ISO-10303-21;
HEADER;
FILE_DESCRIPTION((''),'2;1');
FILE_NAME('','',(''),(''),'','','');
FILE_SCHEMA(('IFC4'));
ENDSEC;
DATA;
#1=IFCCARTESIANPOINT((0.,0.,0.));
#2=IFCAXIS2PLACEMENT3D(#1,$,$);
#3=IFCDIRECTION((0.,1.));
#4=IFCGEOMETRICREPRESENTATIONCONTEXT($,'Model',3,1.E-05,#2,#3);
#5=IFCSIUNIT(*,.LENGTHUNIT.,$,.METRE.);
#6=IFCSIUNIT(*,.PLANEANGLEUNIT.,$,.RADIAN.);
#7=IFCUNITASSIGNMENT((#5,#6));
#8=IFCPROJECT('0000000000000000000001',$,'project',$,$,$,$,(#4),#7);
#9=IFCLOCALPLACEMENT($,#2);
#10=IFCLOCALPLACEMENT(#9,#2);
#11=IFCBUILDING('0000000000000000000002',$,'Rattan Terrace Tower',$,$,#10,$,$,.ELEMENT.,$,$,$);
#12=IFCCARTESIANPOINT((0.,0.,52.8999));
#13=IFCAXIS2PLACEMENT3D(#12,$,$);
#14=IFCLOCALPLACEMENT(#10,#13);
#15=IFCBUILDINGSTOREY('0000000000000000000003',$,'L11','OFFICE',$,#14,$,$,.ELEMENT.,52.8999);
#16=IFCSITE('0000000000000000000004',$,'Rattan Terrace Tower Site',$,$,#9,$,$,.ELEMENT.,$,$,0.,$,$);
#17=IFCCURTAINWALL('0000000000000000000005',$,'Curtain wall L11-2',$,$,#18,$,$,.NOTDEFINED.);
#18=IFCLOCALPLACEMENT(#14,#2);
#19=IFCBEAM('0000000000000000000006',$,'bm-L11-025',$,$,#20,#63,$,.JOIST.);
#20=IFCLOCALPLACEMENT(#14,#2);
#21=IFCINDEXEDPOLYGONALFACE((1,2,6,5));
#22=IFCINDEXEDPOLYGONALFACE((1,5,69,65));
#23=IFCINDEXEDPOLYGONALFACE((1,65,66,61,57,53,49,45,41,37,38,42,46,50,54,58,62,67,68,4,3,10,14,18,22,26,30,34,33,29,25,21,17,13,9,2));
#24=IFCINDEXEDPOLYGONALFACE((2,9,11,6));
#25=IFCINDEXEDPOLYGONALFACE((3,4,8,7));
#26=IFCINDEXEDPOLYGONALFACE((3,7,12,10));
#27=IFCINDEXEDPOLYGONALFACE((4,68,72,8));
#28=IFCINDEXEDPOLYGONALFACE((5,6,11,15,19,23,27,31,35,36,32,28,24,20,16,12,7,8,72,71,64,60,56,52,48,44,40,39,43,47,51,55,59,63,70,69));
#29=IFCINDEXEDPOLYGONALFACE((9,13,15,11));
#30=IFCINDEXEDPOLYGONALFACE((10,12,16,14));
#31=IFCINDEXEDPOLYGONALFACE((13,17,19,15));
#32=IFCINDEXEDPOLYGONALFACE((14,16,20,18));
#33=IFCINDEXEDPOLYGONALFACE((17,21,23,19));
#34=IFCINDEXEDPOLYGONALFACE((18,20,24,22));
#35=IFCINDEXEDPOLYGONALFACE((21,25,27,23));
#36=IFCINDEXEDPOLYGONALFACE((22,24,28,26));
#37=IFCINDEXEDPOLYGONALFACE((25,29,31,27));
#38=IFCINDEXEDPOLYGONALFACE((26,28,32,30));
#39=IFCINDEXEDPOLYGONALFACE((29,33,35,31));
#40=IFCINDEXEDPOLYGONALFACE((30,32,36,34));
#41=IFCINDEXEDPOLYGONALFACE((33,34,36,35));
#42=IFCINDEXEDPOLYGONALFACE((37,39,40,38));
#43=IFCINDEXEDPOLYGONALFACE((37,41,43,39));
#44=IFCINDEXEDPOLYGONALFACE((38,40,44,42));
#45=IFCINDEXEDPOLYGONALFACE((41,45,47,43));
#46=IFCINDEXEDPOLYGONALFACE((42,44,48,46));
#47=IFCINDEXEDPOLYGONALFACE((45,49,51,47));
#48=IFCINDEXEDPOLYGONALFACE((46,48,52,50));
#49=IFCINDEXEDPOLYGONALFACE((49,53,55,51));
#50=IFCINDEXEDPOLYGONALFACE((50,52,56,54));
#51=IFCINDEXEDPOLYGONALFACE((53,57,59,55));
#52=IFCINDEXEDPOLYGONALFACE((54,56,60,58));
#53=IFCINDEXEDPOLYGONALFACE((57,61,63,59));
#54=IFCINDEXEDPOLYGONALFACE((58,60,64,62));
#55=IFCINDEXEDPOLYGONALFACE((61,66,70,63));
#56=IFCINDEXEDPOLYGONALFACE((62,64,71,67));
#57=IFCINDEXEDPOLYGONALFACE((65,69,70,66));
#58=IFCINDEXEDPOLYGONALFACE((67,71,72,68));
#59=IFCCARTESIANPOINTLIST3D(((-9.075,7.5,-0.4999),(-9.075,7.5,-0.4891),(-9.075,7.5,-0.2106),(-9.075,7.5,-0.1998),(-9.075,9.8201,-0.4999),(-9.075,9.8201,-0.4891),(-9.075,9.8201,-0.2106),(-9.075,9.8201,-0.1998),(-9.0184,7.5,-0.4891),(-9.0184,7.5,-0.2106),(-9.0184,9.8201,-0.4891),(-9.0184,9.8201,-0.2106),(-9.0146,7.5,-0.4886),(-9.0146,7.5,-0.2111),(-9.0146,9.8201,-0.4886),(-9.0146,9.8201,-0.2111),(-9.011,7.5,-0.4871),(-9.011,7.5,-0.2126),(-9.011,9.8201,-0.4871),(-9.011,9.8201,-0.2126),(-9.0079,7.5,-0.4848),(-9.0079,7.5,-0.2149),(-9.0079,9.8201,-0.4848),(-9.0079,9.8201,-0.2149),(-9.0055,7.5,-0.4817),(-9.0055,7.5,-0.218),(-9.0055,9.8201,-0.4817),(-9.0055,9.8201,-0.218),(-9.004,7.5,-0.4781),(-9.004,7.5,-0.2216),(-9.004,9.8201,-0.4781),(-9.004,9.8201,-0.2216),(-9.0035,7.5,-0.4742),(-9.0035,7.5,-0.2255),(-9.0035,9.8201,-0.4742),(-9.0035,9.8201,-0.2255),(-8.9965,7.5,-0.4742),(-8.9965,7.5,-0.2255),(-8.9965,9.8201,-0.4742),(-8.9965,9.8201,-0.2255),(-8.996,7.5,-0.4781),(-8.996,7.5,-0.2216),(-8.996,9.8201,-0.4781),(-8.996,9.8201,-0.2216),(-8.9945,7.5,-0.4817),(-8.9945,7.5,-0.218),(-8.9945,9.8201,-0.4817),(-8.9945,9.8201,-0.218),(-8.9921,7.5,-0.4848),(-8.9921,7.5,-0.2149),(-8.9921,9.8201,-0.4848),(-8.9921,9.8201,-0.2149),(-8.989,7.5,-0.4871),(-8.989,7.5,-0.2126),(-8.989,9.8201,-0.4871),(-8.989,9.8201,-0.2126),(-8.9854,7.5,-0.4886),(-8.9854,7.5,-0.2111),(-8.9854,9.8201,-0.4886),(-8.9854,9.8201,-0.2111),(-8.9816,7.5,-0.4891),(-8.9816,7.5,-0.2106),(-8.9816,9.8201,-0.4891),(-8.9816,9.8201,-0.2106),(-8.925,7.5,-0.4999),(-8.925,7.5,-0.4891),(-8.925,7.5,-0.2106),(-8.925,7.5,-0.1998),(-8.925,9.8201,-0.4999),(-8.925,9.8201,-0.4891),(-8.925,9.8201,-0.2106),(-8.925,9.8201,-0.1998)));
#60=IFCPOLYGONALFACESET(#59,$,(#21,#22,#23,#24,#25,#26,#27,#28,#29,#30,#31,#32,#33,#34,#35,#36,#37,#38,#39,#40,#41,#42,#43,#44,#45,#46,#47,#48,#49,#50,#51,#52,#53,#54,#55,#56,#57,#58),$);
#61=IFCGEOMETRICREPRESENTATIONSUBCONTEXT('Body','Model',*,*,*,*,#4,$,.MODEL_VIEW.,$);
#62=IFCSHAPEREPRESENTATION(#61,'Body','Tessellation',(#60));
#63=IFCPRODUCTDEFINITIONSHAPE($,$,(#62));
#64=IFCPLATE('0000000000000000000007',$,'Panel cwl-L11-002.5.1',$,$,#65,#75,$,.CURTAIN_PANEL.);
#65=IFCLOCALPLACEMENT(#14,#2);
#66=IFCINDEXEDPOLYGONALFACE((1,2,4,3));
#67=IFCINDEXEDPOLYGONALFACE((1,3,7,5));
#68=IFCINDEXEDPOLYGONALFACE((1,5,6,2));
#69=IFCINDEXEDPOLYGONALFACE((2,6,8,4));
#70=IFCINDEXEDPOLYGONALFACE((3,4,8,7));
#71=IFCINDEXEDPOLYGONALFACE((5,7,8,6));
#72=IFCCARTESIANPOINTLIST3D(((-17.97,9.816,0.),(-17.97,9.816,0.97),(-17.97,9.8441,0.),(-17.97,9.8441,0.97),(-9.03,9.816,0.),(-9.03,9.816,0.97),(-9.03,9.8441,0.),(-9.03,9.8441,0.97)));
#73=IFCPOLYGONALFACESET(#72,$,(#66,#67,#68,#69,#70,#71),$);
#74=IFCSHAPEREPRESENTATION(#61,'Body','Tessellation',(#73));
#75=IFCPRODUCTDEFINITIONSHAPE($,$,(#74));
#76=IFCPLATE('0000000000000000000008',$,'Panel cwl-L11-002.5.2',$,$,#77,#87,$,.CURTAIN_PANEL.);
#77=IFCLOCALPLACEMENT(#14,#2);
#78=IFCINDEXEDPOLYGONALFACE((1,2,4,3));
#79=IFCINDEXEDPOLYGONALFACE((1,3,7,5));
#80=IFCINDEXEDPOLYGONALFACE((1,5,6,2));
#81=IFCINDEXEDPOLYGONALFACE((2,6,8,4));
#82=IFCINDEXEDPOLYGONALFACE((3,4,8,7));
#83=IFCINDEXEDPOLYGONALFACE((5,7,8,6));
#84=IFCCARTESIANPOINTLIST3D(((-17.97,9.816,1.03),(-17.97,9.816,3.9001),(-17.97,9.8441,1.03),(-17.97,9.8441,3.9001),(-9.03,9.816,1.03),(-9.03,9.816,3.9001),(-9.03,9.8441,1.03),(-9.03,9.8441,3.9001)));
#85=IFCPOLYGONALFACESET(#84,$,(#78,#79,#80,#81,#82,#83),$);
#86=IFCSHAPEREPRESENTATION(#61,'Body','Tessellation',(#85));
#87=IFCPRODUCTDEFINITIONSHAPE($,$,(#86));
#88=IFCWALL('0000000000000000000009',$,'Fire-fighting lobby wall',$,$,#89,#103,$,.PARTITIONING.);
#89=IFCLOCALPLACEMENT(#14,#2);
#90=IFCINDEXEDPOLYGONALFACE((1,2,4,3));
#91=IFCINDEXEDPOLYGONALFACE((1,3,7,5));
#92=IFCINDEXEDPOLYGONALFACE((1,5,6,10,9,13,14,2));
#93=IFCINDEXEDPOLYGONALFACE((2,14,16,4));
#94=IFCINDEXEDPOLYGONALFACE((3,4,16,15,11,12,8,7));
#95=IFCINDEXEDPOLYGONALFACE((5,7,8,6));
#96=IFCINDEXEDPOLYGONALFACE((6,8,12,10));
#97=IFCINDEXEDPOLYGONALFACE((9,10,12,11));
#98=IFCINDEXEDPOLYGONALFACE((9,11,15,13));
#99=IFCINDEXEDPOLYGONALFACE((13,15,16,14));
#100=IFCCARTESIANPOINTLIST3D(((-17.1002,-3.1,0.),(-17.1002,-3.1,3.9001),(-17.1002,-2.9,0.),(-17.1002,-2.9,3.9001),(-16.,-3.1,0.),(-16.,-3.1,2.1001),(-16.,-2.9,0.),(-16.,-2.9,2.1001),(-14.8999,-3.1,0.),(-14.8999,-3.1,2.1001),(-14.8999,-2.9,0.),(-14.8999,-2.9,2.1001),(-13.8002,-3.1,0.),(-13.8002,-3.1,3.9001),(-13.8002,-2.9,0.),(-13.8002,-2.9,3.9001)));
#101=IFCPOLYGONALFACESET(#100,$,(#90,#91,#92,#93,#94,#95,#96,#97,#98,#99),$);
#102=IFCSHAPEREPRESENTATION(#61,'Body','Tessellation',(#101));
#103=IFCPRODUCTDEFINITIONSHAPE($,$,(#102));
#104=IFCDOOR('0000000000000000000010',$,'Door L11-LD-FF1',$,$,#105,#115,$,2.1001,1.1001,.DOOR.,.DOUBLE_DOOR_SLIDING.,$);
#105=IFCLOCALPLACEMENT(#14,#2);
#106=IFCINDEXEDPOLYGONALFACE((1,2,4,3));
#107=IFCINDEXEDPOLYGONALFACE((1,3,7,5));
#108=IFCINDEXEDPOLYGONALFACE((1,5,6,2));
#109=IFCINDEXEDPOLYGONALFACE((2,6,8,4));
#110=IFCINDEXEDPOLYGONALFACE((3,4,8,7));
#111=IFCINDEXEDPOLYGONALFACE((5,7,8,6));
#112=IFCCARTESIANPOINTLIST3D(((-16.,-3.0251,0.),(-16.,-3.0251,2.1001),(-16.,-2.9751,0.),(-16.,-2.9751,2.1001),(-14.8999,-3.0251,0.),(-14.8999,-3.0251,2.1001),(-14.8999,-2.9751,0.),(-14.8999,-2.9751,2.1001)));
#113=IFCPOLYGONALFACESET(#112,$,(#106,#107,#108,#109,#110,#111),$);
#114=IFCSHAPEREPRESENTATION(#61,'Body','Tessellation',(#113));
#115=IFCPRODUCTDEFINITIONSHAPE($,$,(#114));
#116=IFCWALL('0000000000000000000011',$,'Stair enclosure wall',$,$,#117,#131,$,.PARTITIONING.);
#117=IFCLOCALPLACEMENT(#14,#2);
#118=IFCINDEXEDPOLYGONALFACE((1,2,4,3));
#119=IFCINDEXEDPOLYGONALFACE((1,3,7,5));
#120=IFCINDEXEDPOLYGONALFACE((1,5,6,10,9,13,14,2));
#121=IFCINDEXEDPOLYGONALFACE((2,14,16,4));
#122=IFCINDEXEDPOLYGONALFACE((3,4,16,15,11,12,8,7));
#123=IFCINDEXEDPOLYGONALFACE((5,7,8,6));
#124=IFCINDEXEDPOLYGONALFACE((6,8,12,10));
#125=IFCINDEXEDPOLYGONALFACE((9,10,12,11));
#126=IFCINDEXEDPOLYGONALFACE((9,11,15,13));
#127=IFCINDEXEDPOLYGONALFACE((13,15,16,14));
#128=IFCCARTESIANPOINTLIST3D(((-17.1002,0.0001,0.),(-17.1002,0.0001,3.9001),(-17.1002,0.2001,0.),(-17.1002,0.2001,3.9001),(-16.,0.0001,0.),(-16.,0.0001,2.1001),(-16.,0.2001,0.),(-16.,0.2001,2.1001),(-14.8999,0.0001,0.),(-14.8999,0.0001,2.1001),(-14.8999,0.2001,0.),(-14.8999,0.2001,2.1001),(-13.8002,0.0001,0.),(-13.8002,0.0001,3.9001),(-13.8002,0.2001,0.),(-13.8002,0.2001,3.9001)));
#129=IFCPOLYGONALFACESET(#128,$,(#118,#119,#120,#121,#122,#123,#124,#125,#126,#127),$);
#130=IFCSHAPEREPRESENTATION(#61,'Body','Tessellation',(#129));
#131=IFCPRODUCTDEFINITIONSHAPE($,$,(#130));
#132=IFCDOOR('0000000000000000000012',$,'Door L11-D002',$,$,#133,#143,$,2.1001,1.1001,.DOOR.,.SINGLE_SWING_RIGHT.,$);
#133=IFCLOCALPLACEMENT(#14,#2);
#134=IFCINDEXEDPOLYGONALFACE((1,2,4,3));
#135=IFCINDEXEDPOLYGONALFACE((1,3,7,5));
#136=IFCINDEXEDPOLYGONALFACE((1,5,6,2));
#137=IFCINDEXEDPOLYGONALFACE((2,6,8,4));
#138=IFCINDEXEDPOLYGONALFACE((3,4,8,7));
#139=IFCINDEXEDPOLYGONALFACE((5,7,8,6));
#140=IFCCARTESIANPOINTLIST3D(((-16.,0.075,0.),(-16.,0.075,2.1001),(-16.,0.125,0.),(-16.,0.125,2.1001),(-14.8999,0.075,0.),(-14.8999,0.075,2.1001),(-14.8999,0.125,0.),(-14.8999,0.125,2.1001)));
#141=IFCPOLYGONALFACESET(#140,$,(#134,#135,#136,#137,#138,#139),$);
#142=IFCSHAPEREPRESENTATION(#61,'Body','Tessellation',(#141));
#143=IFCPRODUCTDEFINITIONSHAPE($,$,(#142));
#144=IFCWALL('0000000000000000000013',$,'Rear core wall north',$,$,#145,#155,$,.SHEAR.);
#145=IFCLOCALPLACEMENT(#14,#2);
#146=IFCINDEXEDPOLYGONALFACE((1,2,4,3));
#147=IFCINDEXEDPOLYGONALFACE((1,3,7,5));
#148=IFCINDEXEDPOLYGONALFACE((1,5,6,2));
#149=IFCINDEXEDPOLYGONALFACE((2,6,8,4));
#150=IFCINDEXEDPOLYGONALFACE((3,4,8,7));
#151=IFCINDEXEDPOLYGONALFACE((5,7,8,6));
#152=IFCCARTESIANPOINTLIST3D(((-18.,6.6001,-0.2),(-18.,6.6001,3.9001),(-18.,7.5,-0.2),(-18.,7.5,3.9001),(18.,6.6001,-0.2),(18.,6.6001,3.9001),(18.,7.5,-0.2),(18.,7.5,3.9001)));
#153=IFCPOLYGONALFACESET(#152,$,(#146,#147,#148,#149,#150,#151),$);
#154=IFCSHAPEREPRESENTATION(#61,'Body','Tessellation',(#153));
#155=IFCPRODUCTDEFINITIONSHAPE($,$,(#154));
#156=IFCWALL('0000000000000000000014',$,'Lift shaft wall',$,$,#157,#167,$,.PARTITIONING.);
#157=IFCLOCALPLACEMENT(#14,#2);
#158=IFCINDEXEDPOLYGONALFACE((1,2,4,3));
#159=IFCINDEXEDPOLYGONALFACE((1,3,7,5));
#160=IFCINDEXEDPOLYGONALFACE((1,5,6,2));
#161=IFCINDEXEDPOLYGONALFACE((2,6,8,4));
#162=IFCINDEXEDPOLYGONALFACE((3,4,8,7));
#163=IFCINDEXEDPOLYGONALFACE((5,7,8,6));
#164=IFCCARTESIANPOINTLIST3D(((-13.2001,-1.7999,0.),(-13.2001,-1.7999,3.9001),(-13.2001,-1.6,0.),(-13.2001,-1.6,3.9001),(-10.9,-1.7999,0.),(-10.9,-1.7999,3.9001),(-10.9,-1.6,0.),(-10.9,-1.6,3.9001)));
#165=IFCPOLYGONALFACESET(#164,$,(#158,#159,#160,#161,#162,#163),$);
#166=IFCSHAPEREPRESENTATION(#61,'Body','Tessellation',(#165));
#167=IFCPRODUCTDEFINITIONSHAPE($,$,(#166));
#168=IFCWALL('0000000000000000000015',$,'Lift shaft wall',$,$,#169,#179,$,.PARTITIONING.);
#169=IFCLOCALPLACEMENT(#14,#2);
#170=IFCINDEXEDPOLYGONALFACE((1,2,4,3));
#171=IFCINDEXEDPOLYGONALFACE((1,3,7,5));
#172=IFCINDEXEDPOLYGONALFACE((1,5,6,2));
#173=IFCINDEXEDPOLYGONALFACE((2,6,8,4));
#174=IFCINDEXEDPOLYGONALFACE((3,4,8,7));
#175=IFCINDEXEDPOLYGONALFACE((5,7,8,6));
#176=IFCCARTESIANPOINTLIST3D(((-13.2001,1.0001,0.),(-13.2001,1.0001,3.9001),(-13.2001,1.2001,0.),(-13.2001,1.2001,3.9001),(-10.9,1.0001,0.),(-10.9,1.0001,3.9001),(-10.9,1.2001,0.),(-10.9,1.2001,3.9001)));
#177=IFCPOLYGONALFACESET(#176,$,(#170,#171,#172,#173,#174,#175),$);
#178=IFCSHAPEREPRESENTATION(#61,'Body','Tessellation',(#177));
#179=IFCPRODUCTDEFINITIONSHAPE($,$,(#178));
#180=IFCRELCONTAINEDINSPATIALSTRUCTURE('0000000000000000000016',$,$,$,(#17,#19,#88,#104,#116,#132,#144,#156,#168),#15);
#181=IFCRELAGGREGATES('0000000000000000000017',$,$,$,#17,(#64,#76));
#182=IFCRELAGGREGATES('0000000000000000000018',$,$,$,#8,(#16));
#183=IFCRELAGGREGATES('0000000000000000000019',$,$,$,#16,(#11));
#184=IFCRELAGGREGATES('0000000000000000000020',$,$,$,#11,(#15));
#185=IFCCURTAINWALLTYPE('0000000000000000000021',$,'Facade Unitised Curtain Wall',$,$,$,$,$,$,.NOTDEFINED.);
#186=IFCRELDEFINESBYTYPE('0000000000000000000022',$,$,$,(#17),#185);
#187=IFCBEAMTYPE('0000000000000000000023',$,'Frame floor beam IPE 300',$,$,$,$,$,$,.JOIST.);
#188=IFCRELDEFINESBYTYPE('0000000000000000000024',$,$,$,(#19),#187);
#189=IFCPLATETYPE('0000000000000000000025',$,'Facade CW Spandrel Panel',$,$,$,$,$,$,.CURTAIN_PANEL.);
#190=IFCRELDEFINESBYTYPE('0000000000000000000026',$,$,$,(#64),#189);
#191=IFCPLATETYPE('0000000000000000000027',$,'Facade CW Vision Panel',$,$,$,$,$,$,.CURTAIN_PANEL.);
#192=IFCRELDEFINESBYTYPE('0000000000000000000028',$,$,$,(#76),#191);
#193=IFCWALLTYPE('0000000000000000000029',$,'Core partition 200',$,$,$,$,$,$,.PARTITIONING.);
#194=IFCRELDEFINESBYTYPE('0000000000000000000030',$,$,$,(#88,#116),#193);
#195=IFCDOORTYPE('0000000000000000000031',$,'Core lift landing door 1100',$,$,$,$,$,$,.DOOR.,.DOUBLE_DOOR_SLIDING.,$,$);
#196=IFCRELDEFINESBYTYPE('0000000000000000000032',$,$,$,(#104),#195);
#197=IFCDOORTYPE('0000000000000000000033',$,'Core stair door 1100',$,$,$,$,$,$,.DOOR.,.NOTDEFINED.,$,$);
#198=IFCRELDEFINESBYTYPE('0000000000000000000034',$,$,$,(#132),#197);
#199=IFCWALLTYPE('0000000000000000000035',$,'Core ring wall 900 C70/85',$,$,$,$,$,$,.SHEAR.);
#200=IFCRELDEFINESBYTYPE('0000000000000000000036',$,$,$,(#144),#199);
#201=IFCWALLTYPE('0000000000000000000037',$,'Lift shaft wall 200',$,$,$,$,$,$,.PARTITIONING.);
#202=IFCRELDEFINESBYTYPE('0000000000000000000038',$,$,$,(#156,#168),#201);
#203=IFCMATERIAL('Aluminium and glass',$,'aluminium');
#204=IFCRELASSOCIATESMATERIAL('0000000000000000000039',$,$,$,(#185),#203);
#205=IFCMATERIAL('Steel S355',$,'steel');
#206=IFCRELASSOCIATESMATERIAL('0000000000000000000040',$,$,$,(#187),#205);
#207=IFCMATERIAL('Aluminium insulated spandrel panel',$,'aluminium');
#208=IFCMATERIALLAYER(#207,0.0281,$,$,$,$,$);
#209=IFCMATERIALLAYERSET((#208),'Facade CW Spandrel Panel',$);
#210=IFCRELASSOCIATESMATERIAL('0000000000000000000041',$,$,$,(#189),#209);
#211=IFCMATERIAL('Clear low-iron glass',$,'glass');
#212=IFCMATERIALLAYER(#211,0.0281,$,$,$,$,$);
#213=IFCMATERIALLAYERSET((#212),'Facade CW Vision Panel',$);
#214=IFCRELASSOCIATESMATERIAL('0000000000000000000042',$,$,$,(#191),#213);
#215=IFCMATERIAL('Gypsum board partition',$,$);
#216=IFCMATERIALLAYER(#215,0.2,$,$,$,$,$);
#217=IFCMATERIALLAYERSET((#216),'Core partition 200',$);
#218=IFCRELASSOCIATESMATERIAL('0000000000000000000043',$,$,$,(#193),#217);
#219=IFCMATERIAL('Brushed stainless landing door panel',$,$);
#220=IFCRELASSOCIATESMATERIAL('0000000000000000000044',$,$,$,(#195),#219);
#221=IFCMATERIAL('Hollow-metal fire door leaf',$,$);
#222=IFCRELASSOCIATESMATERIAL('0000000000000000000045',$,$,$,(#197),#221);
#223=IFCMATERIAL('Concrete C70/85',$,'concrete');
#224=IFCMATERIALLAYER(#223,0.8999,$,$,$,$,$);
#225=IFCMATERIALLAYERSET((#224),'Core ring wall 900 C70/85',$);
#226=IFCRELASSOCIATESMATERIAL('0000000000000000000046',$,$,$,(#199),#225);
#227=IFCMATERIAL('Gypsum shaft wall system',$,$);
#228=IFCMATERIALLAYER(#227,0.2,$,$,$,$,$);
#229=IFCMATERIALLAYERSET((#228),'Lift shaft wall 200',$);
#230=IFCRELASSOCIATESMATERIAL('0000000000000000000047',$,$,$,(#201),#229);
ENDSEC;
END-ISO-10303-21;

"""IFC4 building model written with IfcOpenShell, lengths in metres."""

from ifc_helpers import new_model, si_unit, direction, frame, frame_2d, origin, origin_2d, place, context, subcontext, project, spatial, rectangle, i_section, extrude, material, layer, layer_set, material_profile, profile_set, type_object, element, fill, aggregate, save


model = new_model("IFC4")

# Units and contexts
model_context = context("Model", 3, precision=1e-05, world=origin(), true_north=direction((0.0, 1.0)))
body_context = subcontext(model_context, "Body", "Model", "MODEL_VIEW")
ifc_project = project(units=[si_unit("LENGTHUNIT", "METRE"), si_unit("PLANEANGLEUNIT", "RADIAN")], contexts=[model_context])

# Site, building, storey
site_placement = place(None, origin())
site = spatial("IfcSite", under=ifc_project, at=site_placement, Name="Rattan Terrace Tower Site", CompositionType="ELEMENT", RefElevation=0.0)
building_placement = place(site_placement, origin())
building = spatial("IfcBuilding", under=site, at=building_placement, Name="Rattan Terrace Tower", CompositionType="ELEMENT")
storey_placement = place(building_placement, frame((0.0, 0.0, 52.8999)))
storey = spatial("IfcBuildingStorey", under=building, at=storey_placement, Name="L11", Description="OFFICE", CompositionType="ELEMENT", Elevation=52.8999)

# Curtain wall
ifc_material_1 = material(Name="Aluminium and glass", Category="aluminium")
curtain_wall_type = type_object("IfcCurtainWallType", Name="Facade Unitised Curtain Wall", PredefinedType="NOTDEFINED", material=ifc_material_1)
curtain_wall_placement = place(storey_placement, origin())
curtain_wall = element("IfcCurtainWall", 1, at=curtain_wall_placement, inside=storey, type_object=curtain_wall_type, Name="Curtain wall L11-2", PredefinedType="NOTDEFINED")

# Beam
ifc_material_2 = material(Name="Steel S355", Category="steel")
ifc_material_profile_1 = material_profile(ifc_material_2, i_section(OverallWidth=0.1499, OverallDepth=0.3, WebThickness=0.0071, FlangeThickness=0.0107, FilletRadius=0.0149, at=origin_2d()), Name="IPE 300")
ifc_profile_set_1 = profile_set([ifc_material_profile_1], Name="Steel S355")
beam_type_1 = type_object("IfcBeamType", Name="Frame floor beam IPE 300", PredefinedType="JOIST", material=ifc_profile_set_1)
for number, where, z_axis, x_axis, name in (
    (2, (-9.0, 7.5, -0.3499), (0.0, 1.0, 0.0), (-1.0, 0.0, 0.0), "bm-L11-025"),
):
    element("IfcBeam", number, at=place(storey_placement, frame(where, z_axis=z_axis, x_axis=x_axis)), inside=storey, type_object=beam_type_1, Name=name, PredefinedType="JOIST", context=body_context, shape_type="SweptSolid", body=[
        extrude(i_section(OverallWidth=0.1499, OverallDepth=0.3, WebThickness=0.0071, FlangeThickness=0.0107, FilletRadius=0.0149, at=origin_2d()), origin(), (0.0, 0.0, 1.0), 2.3201),
    ])

# Plates
ifc_material_3 = material(Name="Aluminium insulated spandrel panel", Category="aluminium")
ifc_layer_1 = layer(ifc_material_3, 0.0281)
ifc_layer_set_1 = layer_set([ifc_layer_1], Name="Facade CW Spandrel Panel")
plate_type_1 = type_object("IfcPlateType", Name="Facade CW Spandrel Panel", PredefinedType="CURTAIN_PANEL", material=ifc_layer_set_1)
plate_1_placement = place(storey_placement, frame((-13.5, 9.8301, 0.0), z_axis=(0.0, 0.0, 1.0), x_axis=(-1.0, 0.0, 0.0)))
plate_1 = element("IfcPlate", 3, at=plate_1_placement, type_object=plate_type_1, Name="Panel cwl-L11-002.5.1", PredefinedType="CURTAIN_PANEL", context=body_context, shape_type="SweptSolid", body=[
    extrude(rectangle(XDim=8.9399, YDim=0.0281, at=origin_2d()), origin(), (0.0, 0.0, 1.0), 0.97),
])
ifc_material_4 = material(Name="Clear low-iron glass", Category="glass")
ifc_layer_2 = layer(ifc_material_4, 0.0281)
ifc_layer_set_2 = layer_set([ifc_layer_2], Name="Facade CW Vision Panel")
plate_type_2 = type_object("IfcPlateType", Name="Facade CW Vision Panel", PredefinedType="CURTAIN_PANEL", material=ifc_layer_set_2)
plate_2_placement = place(storey_placement, frame((-13.5, 9.8301, 1.03), z_axis=(0.0, 0.0, 1.0), x_axis=(-1.0, 0.0, 0.0)))
plate_2 = element("IfcPlate", 4, at=plate_2_placement, type_object=plate_type_2, Name="Panel cwl-L11-002.5.2", PredefinedType="CURTAIN_PANEL", context=body_context, shape_type="SweptSolid", body=[
    extrude(rectangle(XDim=8.9399, YDim=0.0281, at=origin_2d()), origin(), (0.0, 0.0, 1.0), 2.8701),
])
aggregate(curtain_wall, [plate_1, plate_2])

# Walls, openings, doors
ifc_material_5 = material(Name="Gypsum board partition")
ifc_layer_3 = layer(ifc_material_5, 0.2)
ifc_layer_set_3 = layer_set([ifc_layer_3], Name="Core partition 200")
wall_type_1 = type_object("IfcWallType", Name="Core partition 200", PredefinedType="PARTITIONING", material=ifc_layer_set_3)
wall_1_placement = place(storey_placement, frame((-17.1001, -3.0, 0.0), z_axis=(0.0, 0.0, 1.0), x_axis=(1.0, 0.0, 0.0)))
wall_1 = element("IfcWall", 5, at=wall_1_placement, inside=storey, type_object=wall_type_1, Name="Fire-fighting lobby wall", PredefinedType="PARTITIONING", context=body_context, shape_type="SweptSolid", body=[
    extrude(rectangle(XDim=3.3, YDim=0.2, at=frame_2d((1.6499, 0.0))), origin(), (0.0, 0.0, 1.0), 3.9001),
])
opening_1_placement = place(wall_1_placement, frame((1.1001, 0.0, 0.0)))
opening_1 = element("IfcOpeningElement", 6, at=opening_1_placement, cuts=wall_1, PredefinedType="OPENING", context=body_context, shape_type="SweptSolid", body=[
    extrude(rectangle(XDim=1.1001, YDim=2.1001, at=frame_2d((0.55, 1.05))), frame((0.0, 0.1106, 0.0), z_axis=(0.0, -1.0, 0.0), x_axis=(1.0, 0.0, 0.0)), (0.0, 0.0, 1.0), 0.2209),
])
ifc_material_6 = material(Name="Brushed stainless landing door panel")
door_type_1 = type_object("IfcDoorType", Name="Core lift landing door 1100", OperationType="DOUBLE_DOOR_SLIDING", PredefinedType="DOOR", material=ifc_material_6)
door_1_placement = place(opening_1_placement, origin())
door_1 = element("IfcDoor", 7, at=door_1_placement, inside=storey, type_object=door_type_1, Name="Door L11-LD-FF1", OperationType="DOUBLE_DOOR_SLIDING", OverallHeight=2.1001, OverallWidth=1.1001, PredefinedType="DOOR", context=body_context, shape_type="SweptSolid", body=[
    extrude(rectangle(XDim=1.1001, YDim=2.1001, at=frame_2d((0.55, 1.05))), frame((0.0, 0.0249, 0.0), z_axis=(0.0, -1.0, 0.0), x_axis=(1.0, 0.0, 0.0)), (0.0, 0.0, 1.0), 0.05),
])
fill(opening_1, door_1)
wall_2_placement = place(storey_placement, frame((-17.1001, 0.1001, 0.0), z_axis=(0.0, 0.0, 1.0), x_axis=(1.0, 0.0, 0.0)))
wall_2 = element("IfcWall", 8, at=wall_2_placement, inside=storey, type_object=wall_type_1, Name="Stair enclosure wall", PredefinedType="PARTITIONING", context=body_context, shape_type="SweptSolid", body=[
    extrude(rectangle(XDim=3.3, YDim=0.2, at=frame_2d((1.6499, 0.0))), origin(), (0.0, 0.0, 1.0), 3.9001),
])
opening_2_placement = place(wall_2_placement, frame((1.1001, 0.0, 0.0)))
opening_2 = element("IfcOpeningElement", 9, at=opening_2_placement, cuts=wall_2, PredefinedType="OPENING", context=body_context, shape_type="SweptSolid", body=[
    extrude(rectangle(XDim=1.1001, YDim=2.1001, at=frame_2d((0.55, 1.05))), frame((0.0, 0.1106, 0.0), z_axis=(0.0, -1.0, 0.0), x_axis=(1.0, 0.0, 0.0)), (0.0, 0.0, 1.0), 0.2209),
])
ifc_material_7 = material(Name="Hollow-metal fire door leaf")
door_type_2 = type_object("IfcDoorType", Name="Core stair door 1100", OperationType="NOTDEFINED", PredefinedType="DOOR", material=ifc_material_7)
door_2_placement = place(opening_2_placement, origin())
door_2 = element("IfcDoor", 10, at=door_2_placement, inside=storey, type_object=door_type_2, Name="Door L11-D002", OperationType="SINGLE_SWING_RIGHT", OverallHeight=2.1001, OverallWidth=1.1001, PredefinedType="DOOR", context=body_context, shape_type="SweptSolid", body=[
    extrude(rectangle(XDim=1.1001, YDim=2.1001, at=frame_2d((0.55, 1.05))), frame((0.0, 0.0249, 0.0), z_axis=(0.0, -1.0, 0.0), x_axis=(1.0, 0.0, 0.0)), (0.0, 0.0, 1.0), 0.05),
])
fill(opening_2, door_2)

# Walls
ifc_material_8 = material(Name="Concrete C70/85", Category="concrete")
ifc_layer_4 = layer(ifc_material_8, 0.8999)
ifc_layer_set_4 = layer_set([ifc_layer_4], Name="Core ring wall 900 C70/85")
wall_type_2 = type_object("IfcWallType", Name="Core ring wall 900 C70/85", PredefinedType="SHEAR", material=ifc_layer_set_4)
wall_3_placement = place(storey_placement, frame((-18.0, 7.05, -0.2), z_axis=(0.0, 0.0, 1.0), x_axis=(1.0, 0.0, 0.0)))
element("IfcWall", 11, at=wall_3_placement, inside=storey, type_object=wall_type_2, Name="Rear core wall north", PredefinedType="SHEAR", context=body_context, shape_type="SweptSolid", body=[
    extrude(rectangle(XDim=36.0, YDim=0.8999, at=frame_2d((18.0, 0.0))), origin(), (0.0, 0.0, 1.0), 4.1001),
])
ifc_material_9 = material(Name="Gypsum shaft wall system")
ifc_layer_5 = layer(ifc_material_9, 0.2)
ifc_layer_set_5 = layer_set([ifc_layer_5], Name="Lift shaft wall 200")
wall_type_3 = type_object("IfcWallType", Name="Lift shaft wall 200", PredefinedType="PARTITIONING", material=ifc_layer_set_5)
for number, where, z_axis, x_axis, name in (
    (12, (-13.2, -1.7, 0.0), (0.0, 0.0, 1.0), (1.0, 0.0, 0.0), "Lift shaft wall"),
    (13, (-13.2, 1.1001, 0.0), (0.0, 0.0, 1.0), (1.0, 0.0, 0.0), "Lift shaft wall"),
):
    element("IfcWall", number, at=place(storey_placement, frame(where, z_axis=z_axis, x_axis=x_axis)), inside=storey, type_object=wall_type_3, Name=name, PredefinedType="PARTITIONING", context=body_context, shape_type="SweptSolid", body=[
        extrude(rectangle(XDim=2.3, YDim=0.2, at=frame_2d((1.1499, 0.0))), origin(), (0.0, 0.0, 1.0), 3.9001),
    ])

save(model, "model.ifc")
